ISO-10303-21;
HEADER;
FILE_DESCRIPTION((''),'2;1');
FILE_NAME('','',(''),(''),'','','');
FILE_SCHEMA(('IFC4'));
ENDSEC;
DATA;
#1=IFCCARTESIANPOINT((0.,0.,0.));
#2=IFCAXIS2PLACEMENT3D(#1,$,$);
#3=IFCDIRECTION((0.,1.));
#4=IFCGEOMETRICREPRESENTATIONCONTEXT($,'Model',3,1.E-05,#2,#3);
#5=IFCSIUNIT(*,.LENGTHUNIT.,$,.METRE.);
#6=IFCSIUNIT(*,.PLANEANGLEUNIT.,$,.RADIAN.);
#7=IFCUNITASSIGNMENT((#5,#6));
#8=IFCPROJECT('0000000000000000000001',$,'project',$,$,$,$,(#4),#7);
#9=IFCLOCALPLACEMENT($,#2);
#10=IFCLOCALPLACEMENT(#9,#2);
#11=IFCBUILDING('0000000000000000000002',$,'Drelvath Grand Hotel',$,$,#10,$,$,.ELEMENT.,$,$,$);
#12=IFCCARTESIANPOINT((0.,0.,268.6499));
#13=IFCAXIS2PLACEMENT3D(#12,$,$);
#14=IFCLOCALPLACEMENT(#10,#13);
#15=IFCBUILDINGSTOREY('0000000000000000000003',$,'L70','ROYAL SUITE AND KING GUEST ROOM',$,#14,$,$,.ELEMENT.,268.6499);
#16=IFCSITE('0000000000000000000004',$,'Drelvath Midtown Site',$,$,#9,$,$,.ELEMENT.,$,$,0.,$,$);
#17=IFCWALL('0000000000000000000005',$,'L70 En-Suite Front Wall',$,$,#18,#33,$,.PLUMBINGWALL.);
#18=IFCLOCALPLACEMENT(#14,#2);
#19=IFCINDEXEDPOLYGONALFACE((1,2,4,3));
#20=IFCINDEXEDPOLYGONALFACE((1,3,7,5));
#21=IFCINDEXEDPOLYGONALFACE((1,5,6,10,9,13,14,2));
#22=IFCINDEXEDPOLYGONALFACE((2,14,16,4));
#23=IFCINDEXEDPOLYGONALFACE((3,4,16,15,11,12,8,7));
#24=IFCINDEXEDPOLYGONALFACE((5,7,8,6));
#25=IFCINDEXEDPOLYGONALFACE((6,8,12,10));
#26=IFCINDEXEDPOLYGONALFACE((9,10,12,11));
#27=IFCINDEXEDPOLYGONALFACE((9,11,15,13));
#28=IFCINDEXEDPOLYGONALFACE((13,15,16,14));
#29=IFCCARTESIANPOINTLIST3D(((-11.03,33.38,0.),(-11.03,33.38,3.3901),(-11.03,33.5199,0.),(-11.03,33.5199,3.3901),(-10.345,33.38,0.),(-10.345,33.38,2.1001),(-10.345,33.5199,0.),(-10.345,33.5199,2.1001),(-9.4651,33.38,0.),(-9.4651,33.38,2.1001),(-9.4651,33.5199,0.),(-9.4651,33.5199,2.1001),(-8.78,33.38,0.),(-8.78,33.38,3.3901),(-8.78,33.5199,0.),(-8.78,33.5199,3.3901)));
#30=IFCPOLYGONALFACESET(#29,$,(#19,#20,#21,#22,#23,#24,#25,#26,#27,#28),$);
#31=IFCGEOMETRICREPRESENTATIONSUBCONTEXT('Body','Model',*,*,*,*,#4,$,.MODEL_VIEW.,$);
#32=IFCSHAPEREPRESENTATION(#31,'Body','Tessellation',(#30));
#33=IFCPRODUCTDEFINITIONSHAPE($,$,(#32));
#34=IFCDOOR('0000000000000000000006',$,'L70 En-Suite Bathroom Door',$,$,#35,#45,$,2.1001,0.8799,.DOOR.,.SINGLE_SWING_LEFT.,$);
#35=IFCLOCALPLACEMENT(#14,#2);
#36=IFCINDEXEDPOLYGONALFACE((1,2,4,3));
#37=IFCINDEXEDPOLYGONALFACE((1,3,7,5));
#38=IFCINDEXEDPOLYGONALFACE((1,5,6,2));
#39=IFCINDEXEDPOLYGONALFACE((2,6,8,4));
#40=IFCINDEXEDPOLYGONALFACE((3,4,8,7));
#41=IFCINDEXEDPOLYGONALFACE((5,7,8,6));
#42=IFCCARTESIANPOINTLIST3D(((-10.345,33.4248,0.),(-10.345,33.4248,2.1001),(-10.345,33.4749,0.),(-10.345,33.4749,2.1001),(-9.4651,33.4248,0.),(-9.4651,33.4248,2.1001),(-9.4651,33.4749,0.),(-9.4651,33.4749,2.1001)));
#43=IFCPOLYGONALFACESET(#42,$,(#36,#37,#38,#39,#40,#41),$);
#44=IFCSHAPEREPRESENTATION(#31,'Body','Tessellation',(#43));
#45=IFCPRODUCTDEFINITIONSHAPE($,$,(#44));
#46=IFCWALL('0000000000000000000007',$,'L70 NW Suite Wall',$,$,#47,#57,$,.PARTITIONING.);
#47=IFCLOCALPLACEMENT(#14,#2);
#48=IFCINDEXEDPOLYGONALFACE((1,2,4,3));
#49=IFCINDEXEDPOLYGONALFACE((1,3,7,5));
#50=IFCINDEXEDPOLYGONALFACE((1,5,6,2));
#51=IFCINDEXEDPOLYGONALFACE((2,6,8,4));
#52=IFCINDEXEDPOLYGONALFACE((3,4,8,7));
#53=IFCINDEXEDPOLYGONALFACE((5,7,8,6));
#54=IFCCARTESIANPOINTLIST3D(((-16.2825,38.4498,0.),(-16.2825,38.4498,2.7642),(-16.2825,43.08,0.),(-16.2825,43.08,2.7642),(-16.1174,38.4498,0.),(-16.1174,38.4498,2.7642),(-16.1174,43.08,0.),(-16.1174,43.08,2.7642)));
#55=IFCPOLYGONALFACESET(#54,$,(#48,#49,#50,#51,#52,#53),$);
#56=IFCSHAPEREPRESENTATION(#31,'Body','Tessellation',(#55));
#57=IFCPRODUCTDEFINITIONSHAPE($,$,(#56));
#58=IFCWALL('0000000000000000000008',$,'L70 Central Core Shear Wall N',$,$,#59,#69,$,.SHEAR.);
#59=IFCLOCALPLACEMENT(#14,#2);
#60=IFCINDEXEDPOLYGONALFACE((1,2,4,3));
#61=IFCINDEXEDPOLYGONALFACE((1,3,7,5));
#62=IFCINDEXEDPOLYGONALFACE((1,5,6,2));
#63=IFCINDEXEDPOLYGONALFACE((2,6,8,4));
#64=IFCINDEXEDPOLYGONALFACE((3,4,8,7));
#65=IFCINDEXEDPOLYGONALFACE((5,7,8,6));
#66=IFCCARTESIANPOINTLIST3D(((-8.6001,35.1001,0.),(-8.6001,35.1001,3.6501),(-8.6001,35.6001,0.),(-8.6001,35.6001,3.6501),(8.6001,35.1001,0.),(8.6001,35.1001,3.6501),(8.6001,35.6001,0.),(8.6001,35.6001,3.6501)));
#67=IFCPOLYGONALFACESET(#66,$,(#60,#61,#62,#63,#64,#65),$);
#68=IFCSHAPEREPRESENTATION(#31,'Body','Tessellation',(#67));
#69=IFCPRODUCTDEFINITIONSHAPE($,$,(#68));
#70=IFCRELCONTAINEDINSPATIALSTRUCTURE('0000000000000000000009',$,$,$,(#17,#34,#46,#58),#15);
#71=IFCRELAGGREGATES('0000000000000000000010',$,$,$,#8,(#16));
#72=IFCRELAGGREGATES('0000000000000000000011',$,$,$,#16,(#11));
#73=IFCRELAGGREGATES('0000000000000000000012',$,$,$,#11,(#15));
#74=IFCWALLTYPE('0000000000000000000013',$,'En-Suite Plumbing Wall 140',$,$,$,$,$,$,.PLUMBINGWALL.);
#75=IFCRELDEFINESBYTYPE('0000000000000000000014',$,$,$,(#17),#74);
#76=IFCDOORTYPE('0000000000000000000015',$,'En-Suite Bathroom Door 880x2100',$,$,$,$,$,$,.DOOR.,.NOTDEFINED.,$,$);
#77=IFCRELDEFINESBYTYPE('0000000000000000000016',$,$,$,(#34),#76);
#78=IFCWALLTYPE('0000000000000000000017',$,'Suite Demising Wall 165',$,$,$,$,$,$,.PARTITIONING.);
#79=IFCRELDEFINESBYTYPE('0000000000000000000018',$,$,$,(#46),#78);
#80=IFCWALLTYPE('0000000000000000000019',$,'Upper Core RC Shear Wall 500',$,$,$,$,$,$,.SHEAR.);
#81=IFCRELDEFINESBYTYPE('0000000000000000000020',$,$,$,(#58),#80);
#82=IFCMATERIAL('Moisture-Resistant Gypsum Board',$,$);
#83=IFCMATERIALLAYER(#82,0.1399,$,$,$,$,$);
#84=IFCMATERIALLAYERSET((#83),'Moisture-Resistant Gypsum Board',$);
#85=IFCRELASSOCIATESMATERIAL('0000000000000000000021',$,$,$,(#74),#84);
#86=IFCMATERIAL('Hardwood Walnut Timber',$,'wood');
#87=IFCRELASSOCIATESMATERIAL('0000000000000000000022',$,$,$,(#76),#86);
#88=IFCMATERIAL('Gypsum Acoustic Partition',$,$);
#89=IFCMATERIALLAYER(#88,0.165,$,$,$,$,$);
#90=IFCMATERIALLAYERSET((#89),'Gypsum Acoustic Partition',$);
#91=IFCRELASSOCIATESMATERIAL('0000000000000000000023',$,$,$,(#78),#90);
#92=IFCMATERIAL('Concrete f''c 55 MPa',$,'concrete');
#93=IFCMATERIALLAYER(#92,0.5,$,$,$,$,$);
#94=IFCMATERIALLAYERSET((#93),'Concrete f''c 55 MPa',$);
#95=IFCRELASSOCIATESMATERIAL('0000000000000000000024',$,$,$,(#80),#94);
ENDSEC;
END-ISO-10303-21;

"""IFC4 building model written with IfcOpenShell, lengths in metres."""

from ifc_helpers import new_model, si_unit, direction, frame, frame_2d, origin, place, context, subcontext, project, spatial, rectangle, extrude, material, layer, layer_set, type_object, element, fill, save


model = new_model("IFC4")

# Units and contexts
model_context = context("Model", 3, precision=1e-05, world=origin(), true_north=direction((0.0, 1.0)))
body_context = subcontext(model_context, "Body", "Model", "MODEL_VIEW")
ifc_project = project(units=[si_unit("LENGTHUNIT", "METRE"), si_unit("PLANEANGLEUNIT", "RADIAN")], contexts=[model_context])

# Site, building, storey
site_placement = place(None, origin())
site = spatial("IfcSite", under=ifc_project, at=site_placement, Name="Drelvath Midtown Site", CompositionType="ELEMENT", RefElevation=0.0)
building_placement = place(site_placement, origin())
building = spatial("IfcBuilding", under=site, at=building_placement, Name="Drelvath Grand Hotel", CompositionType="ELEMENT")
storey_placement = place(building_placement, frame((0.0, 0.0, 268.6499)))
storey = spatial("IfcBuildingStorey", under=building, at=storey_placement, Name="L70", Description="ROYAL SUITE AND KING GUEST ROOM", CompositionType="ELEMENT", Elevation=268.6499)

# Shared definitions
ifc_material_1 = material(Name="Concrete f'c 55 MPa", Category="concrete")

# Shared definitions
ifc_material_2 = material(Name="Hardwood Walnut Timber", Category="wood")

# Shared definitions
ifc_material_3 = material(Name="Moisture-Resistant Gypsum Board")
ifc_layer_1 = layer(ifc_material_3, 0.1399)
ifc_layer_set_1 = layer_set([ifc_layer_1], Name="Moisture-Resistant Gypsum Board")
wall_type_1 = type_object("IfcWallType", Name="En-Suite Plumbing Wall 140", PredefinedType="PLUMBINGWALL", material=ifc_layer_set_1)

# Wall, opening, door
wall_1_placement = place(storey_placement, frame((-11.03, 33.45, 0.0), z_axis=(0.0, 0.0, 1.0), x_axis=(1.0, 0.0, 0.0)))
wall_1 = element("IfcWall", 1, at=wall_1_placement, inside=storey, type_object=wall_type_1, Name="L70 En-Suite Front Wall", PredefinedType="PLUMBINGWALL", context=body_context, shape_type="SweptSolid", body=[
    extrude(rectangle(XDim=2.25, YDim=0.1399, at=frame_2d((1.125, 0.0))), origin(), (0.0, 0.0, 1.0), 3.3901),
])
opening_1_placement = place(wall_1_placement, frame((0.6851, 0.0, 0.0)))
opening_1 = element("IfcOpeningElement", 2, at=opening_1_placement, cuts=wall_1, PredefinedType="OPENING", context=body_context, shape_type="SweptSolid", body=[
    extrude(rectangle(XDim=0.8799, YDim=2.1001, at=frame_2d((0.4399, 1.05))), frame((0.0, 0.0798, 0.0), z_axis=(0.0, -1.0, 0.0), x_axis=(1.0, 0.0, 0.0)), (0.0, 0.0, 1.0), 0.1599),
])
door_type_1 = type_object("IfcDoorType", Name="En-Suite Bathroom Door 880x2100", OperationType="NOTDEFINED", PredefinedType="DOOR", material=ifc_material_2)
door_1_placement = place(opening_1_placement, origin())
door_1 = element("IfcDoor", 3, at=door_1_placement, inside=storey, type_object=door_type_1, Name="L70 En-Suite Bathroom Door", OperationType="SINGLE_SWING_LEFT", OverallHeight=2.1001, OverallWidth=0.8799, PredefinedType="DOOR", context=body_context, shape_type="SweptSolid", body=[
    extrude(rectangle(XDim=0.8799, YDim=2.1001, at=frame_2d((0.4399, 1.05))), frame((0.0, 0.0249, 0.0), z_axis=(0.0, -1.0, 0.0), x_axis=(1.0, 0.0, 0.0)), (0.0, 0.0, 1.0), 0.05),
])
fill(opening_1, door_1)

# Walls
ifc_material_4 = material(Name="Gypsum Acoustic Partition")
ifc_layer_2 = layer(ifc_material_4, 0.165)
ifc_layer_set_2 = layer_set([ifc_layer_2], Name="Gypsum Acoustic Partition")
wall_type_2 = type_object("IfcWallType", Name="Suite Demising Wall 165", PredefinedType="PARTITIONING", material=ifc_layer_set_2)
wall_2_placement = place(storey_placement, frame((-16.2, 38.45, 0.0), z_axis=(0.0, 0.0, 1.0), x_axis=(0.0, 1.0, 0.0)))
element("IfcWall", 4, at=wall_2_placement, inside=storey, type_object=wall_type_2, Name="L70 NW Suite Wall", PredefinedType="PARTITIONING", context=body_context, shape_type="SweptSolid", body=[
    extrude(rectangle(XDim=4.6301, YDim=0.165, at=frame_2d((2.3149, 0.0))), origin(), (0.0, 0.0, 1.0), 2.7642),
])
ifc_layer_3 = layer(ifc_material_1, 0.5)
ifc_layer_set_3 = layer_set([ifc_layer_3], Name="Concrete f'c 55 MPa")
wall_type_3 = type_object("IfcWallType", Name="Upper Core RC Shear Wall 500", PredefinedType="SHEAR", material=ifc_layer_set_3)
wall_3_placement = place(storey_placement, frame((-8.6001, 35.3501, 0.0), z_axis=(0.0, 0.0, 1.0), x_axis=(1.0, 0.0, 0.0)))
element("IfcWall", 5, at=wall_3_placement, inside=storey, type_object=wall_type_3, Name="L70 Central Core Shear Wall N", PredefinedType="SHEAR", context=body_context, shape_type="SweptSolid", body=[
    extrude(rectangle(XDim=17.2002, YDim=0.5, at=frame_2d((8.6001, 0.0))), origin(), (0.0, 0.0, 1.0), 3.6501),
])

save(model, "model.ifc")
